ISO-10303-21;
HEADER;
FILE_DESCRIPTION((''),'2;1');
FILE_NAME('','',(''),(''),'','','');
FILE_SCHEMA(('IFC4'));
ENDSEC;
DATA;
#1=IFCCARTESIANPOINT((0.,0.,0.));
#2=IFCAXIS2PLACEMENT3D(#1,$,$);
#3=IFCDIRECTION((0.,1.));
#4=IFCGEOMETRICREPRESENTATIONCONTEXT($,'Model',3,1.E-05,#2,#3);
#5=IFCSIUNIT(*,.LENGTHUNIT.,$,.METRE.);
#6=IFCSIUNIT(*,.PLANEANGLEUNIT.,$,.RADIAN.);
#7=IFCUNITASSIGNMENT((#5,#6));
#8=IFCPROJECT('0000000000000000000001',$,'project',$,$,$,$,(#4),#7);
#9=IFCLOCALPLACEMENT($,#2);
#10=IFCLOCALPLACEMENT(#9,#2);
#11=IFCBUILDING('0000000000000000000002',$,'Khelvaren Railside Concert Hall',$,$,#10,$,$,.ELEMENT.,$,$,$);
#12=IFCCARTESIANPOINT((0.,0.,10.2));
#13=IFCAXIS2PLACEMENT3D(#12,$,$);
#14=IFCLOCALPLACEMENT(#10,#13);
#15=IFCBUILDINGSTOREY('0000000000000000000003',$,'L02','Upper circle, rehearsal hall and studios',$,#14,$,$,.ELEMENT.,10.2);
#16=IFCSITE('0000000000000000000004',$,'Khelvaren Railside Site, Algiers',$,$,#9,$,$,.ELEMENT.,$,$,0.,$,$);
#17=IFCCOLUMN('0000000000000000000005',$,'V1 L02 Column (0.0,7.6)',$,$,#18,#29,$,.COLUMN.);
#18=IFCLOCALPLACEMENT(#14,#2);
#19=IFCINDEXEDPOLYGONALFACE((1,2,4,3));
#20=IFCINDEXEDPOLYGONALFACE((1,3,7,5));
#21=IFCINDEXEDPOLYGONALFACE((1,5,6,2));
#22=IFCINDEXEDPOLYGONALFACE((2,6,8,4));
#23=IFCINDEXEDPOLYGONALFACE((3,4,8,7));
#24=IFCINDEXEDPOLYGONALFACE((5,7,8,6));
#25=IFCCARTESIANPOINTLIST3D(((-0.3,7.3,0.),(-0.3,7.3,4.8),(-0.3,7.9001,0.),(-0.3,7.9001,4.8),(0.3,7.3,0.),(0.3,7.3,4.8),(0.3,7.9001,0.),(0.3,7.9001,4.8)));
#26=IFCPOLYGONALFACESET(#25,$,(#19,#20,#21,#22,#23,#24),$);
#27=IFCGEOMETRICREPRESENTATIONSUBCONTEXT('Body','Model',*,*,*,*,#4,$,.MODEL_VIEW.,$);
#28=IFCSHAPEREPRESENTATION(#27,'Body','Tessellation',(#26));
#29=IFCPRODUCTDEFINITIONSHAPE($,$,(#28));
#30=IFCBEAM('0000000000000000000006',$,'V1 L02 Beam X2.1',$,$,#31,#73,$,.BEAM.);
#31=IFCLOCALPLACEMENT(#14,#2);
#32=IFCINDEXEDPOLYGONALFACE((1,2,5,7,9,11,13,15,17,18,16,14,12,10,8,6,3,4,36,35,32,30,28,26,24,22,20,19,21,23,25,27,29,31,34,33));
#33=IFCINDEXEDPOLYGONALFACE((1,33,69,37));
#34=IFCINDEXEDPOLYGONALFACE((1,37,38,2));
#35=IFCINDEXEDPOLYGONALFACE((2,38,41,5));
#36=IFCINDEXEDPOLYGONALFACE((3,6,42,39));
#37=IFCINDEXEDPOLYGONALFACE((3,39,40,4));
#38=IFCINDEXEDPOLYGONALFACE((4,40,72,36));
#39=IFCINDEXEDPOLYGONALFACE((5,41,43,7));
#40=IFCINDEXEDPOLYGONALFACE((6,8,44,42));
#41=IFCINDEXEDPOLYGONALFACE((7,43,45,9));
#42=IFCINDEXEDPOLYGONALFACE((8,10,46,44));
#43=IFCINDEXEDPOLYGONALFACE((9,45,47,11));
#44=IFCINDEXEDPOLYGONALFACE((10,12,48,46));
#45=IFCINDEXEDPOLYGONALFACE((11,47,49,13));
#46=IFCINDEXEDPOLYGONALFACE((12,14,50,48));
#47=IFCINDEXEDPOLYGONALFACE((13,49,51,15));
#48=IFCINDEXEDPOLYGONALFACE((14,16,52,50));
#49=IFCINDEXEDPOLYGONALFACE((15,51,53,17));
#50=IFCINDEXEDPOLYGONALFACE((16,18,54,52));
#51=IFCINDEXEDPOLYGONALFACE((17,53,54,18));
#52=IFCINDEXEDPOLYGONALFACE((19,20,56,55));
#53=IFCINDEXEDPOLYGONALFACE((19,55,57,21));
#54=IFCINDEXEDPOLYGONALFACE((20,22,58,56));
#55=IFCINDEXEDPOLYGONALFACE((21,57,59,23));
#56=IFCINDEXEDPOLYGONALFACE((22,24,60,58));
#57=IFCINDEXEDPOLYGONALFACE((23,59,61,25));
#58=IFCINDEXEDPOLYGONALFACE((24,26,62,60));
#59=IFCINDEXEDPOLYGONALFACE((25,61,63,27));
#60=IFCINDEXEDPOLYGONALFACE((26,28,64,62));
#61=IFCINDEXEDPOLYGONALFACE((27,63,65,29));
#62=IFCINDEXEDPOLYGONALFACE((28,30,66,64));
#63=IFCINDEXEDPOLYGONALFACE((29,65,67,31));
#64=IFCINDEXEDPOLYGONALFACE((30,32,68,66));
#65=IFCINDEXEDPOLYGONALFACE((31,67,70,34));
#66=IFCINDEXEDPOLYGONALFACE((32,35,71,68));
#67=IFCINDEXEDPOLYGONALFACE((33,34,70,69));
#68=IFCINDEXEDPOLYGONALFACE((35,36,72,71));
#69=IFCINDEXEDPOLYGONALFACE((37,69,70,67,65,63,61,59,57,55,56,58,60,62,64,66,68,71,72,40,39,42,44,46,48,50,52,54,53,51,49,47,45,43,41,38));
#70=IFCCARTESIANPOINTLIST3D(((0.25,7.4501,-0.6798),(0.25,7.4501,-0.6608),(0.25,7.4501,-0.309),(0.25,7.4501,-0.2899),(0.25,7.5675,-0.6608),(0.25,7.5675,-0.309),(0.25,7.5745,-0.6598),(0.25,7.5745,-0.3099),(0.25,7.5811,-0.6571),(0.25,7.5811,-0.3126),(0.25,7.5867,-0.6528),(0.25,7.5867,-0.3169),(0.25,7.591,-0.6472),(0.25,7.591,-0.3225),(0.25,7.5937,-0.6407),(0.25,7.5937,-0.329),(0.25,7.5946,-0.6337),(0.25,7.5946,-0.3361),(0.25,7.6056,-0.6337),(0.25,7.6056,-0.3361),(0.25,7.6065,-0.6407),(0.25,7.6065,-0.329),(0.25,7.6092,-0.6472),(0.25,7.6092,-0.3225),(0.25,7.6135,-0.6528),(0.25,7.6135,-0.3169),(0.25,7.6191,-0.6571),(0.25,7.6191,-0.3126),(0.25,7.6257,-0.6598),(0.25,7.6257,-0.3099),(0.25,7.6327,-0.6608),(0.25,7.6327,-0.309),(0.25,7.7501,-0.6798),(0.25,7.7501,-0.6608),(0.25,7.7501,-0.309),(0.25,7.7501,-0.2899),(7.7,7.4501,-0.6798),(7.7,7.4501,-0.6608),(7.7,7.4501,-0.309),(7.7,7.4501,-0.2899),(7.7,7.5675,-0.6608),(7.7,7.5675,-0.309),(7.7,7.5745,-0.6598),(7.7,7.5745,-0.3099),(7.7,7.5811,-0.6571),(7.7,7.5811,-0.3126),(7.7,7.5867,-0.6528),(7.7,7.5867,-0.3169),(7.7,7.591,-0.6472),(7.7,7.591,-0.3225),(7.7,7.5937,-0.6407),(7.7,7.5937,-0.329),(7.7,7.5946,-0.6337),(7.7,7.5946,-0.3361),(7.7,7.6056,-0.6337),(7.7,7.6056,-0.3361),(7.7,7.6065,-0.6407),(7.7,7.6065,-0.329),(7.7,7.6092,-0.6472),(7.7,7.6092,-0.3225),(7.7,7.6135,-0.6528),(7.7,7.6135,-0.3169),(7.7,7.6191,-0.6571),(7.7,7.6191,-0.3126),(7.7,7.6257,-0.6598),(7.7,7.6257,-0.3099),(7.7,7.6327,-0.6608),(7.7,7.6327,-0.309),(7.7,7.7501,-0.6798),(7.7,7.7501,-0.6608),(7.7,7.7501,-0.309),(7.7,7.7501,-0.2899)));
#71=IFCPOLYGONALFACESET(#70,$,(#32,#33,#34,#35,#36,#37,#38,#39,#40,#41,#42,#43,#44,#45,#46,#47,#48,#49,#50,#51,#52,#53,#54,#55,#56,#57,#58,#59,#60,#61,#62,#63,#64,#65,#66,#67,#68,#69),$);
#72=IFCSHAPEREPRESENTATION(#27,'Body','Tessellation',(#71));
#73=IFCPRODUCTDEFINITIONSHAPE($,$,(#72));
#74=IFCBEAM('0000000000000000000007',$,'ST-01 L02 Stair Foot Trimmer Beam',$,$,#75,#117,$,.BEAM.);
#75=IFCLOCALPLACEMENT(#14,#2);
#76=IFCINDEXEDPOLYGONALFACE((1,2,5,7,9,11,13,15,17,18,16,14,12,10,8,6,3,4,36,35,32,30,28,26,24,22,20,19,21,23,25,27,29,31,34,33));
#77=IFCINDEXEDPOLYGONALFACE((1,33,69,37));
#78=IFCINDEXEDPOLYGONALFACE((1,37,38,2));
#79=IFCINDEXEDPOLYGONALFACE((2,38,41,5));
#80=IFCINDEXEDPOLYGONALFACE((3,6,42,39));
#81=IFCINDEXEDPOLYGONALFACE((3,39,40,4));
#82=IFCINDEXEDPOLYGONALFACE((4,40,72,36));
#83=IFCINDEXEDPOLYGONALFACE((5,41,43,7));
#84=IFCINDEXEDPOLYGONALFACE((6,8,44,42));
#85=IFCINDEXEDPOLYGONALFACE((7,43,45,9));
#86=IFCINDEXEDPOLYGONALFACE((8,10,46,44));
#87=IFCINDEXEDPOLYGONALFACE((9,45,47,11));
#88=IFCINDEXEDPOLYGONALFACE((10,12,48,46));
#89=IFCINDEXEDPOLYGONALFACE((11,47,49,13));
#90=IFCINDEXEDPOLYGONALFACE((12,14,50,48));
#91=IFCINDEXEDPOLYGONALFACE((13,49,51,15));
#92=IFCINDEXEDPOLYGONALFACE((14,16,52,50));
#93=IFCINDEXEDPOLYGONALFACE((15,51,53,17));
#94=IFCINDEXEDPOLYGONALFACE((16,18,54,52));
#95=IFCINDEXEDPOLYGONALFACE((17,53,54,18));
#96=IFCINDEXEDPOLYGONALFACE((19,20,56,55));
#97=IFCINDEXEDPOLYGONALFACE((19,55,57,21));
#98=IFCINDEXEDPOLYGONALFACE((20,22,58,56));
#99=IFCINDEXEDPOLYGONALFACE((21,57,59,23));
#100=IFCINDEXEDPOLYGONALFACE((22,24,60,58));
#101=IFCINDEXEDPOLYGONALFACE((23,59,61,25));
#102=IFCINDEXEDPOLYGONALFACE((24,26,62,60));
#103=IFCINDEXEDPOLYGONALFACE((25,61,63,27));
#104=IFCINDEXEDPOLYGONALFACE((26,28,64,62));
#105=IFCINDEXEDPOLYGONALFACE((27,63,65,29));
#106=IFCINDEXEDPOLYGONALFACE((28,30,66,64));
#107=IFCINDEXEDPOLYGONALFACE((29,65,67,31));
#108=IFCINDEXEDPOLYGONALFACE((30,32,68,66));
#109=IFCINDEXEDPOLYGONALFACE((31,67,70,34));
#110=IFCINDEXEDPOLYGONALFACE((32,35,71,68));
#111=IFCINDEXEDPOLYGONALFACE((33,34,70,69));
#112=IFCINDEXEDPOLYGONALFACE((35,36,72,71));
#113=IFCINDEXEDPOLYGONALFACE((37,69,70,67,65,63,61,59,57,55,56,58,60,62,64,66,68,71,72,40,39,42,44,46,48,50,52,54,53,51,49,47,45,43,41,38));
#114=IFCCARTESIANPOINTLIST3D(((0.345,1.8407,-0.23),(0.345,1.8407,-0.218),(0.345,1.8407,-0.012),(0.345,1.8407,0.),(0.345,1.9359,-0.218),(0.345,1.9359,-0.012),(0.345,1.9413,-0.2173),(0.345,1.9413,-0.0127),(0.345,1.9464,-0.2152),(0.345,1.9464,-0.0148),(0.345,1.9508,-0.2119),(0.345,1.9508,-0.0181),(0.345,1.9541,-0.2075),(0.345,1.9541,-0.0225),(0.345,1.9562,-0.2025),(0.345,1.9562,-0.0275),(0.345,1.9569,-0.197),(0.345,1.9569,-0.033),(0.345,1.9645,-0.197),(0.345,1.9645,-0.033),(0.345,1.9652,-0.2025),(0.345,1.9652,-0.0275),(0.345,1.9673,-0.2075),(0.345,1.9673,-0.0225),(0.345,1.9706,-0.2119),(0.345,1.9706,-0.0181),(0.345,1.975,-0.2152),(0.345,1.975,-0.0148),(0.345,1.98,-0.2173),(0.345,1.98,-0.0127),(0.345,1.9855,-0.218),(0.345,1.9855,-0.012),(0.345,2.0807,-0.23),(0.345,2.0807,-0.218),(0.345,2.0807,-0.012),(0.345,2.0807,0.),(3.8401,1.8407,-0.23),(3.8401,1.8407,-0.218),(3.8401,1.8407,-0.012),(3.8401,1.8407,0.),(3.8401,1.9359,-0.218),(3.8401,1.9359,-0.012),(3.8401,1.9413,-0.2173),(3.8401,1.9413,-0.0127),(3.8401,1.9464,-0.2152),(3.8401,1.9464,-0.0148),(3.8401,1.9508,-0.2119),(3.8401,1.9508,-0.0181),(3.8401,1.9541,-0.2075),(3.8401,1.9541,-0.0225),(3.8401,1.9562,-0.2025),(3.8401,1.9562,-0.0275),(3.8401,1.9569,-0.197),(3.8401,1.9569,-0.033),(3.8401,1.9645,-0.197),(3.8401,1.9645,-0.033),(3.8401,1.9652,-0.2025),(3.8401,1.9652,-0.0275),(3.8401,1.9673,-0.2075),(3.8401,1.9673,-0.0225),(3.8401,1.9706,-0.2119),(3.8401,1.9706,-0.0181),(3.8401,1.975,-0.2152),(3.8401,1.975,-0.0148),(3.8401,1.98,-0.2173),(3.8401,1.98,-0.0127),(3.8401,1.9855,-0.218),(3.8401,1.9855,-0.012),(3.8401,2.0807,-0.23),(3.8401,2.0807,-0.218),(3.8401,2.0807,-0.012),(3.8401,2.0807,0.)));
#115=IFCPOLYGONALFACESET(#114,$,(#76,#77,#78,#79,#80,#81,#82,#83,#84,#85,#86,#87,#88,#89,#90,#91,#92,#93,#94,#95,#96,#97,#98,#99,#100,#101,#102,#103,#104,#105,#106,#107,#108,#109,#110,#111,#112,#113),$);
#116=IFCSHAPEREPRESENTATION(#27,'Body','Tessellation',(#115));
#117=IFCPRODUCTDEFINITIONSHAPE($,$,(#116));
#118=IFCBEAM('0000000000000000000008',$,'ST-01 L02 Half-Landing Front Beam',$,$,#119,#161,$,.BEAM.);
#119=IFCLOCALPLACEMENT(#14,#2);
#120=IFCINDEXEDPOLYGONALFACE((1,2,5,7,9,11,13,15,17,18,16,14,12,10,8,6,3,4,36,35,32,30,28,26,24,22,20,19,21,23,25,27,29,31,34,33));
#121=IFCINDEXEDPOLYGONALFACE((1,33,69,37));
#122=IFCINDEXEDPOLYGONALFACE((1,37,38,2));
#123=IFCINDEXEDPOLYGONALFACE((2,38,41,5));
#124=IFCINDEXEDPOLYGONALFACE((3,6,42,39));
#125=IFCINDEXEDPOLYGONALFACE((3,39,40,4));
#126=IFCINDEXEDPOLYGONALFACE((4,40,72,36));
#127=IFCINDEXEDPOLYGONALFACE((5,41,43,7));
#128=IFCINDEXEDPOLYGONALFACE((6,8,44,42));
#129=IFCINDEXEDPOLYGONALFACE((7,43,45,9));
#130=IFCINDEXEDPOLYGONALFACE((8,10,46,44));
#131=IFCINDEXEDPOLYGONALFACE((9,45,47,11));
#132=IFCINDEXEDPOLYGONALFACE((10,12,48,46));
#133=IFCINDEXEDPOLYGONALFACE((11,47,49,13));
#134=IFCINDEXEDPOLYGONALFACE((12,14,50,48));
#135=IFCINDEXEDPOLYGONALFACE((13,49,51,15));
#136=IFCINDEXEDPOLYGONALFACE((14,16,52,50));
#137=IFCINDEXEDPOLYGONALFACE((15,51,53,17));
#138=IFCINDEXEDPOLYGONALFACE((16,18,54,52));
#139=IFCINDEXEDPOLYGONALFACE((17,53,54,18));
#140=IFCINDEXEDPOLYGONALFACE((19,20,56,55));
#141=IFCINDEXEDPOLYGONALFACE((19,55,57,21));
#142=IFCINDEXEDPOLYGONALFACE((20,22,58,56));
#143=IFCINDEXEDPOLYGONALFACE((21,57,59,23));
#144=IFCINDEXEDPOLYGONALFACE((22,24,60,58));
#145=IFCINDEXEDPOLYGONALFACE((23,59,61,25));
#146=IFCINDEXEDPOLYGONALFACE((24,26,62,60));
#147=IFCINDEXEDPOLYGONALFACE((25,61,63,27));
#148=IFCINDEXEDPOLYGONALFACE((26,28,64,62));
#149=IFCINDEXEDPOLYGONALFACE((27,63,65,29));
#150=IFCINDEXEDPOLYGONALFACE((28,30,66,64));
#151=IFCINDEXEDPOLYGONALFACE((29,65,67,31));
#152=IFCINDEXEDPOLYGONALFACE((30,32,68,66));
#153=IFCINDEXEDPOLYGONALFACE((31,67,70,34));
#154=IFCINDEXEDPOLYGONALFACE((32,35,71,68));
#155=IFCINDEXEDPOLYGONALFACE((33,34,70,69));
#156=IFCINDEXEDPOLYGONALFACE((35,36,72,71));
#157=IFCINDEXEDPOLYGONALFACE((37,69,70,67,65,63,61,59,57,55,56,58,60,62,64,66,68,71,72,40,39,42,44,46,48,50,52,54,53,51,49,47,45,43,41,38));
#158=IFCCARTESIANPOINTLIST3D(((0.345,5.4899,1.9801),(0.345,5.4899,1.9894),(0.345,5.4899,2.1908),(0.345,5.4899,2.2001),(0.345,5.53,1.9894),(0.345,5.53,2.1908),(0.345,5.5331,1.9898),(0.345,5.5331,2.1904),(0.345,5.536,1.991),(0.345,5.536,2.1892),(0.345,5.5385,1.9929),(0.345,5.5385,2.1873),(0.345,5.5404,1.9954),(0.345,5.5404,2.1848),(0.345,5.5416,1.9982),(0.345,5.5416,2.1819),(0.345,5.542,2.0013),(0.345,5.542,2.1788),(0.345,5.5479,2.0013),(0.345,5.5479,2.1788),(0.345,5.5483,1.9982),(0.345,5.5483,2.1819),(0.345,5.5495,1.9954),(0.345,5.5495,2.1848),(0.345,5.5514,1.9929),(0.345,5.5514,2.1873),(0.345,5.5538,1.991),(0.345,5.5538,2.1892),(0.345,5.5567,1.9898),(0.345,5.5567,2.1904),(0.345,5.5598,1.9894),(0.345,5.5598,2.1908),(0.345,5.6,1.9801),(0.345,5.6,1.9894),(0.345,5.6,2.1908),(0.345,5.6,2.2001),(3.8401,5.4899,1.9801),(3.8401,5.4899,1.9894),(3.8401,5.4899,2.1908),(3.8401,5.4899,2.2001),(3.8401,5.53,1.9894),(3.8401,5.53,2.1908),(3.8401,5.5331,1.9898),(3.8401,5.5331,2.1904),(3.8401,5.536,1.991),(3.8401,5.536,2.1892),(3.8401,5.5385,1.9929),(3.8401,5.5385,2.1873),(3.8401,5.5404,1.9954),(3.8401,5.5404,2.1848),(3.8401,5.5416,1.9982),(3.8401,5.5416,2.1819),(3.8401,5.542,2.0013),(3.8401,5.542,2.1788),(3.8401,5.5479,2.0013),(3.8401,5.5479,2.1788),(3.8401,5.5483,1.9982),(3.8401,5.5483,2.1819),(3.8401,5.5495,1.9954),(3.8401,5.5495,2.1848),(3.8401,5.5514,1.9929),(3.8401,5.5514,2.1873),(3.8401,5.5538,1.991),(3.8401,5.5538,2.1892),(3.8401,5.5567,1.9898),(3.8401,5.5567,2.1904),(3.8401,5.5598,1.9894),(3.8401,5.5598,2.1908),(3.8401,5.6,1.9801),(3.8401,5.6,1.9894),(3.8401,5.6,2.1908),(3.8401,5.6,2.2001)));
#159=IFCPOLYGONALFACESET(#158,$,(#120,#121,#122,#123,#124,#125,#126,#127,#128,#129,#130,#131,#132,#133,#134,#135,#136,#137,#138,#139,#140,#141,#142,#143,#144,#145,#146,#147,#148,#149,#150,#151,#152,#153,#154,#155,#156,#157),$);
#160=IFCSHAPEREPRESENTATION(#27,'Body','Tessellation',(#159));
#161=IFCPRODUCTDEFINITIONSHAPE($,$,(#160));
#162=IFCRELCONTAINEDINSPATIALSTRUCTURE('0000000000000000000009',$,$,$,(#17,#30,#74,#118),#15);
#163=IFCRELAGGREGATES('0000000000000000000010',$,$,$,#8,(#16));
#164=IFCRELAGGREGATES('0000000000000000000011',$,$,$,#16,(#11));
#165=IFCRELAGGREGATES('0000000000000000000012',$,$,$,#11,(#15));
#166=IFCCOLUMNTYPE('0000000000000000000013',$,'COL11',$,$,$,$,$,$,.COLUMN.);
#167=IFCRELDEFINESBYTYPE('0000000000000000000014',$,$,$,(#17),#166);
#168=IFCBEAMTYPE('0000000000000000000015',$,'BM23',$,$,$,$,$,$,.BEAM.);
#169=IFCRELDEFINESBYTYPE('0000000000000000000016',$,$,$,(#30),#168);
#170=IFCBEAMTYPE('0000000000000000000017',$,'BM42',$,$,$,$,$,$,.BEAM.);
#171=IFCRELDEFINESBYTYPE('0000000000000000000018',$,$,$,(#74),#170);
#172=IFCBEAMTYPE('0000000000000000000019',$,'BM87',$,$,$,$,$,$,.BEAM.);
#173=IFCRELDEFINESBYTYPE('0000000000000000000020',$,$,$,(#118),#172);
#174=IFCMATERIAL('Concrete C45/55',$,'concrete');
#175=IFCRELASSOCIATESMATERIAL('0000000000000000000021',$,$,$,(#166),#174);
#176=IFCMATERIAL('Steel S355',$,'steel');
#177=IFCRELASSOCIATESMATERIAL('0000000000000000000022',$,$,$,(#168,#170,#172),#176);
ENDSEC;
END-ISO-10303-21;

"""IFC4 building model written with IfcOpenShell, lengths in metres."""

from ifc_helpers import new_model, si_unit, direction, frame, origin, origin_2d, place, context, subcontext, project, spatial, rectangle, i_section, extrude, material, material_profile, profile_set, type_object, element, save


model = new_model("IFC4")

# Units and contexts
model_context = context("Model", 3, precision=1e-05, world=origin(), true_north=direction((0.0, 1.0)))
body_context = subcontext(model_context, "Body", "Model", "MODEL_VIEW")
ifc_project = project(units=[si_unit("LENGTHUNIT", "METRE"), si_unit("PLANEANGLEUNIT", "RADIAN")], contexts=[model_context])

# Site, building, storey
site_placement = place(None, origin())
site = spatial("IfcSite", under=ifc_project, at=site_placement, Name="Khelvaren Railside Site, Algiers", CompositionType="ELEMENT", RefElevation=0.0)
building_placement = place(site_placement, origin())
building = spatial("IfcBuilding", under=site, at=building_placement, Name="Khelvaren Railside Concert Hall", CompositionType="ELEMENT")
storey_placement = place(building_placement, frame((0.0, 0.0, 10.2)))
storey = spatial("IfcBuildingStorey", under=building, at=storey_placement, Name="L02", Description="Upper circle, rehearsal hall and studios", CompositionType="ELEMENT", Elevation=10.2)

# Column
ifc_material_1 = material(Name="Concrete C45/55", Category="concrete")
ifc_material_profile_1 = material_profile(ifc_material_1, rectangle(XDim=0.6001, YDim=0.6001, at=origin_2d()), Name="RC 600x600")
ifc_profile_set_1 = profile_set([ifc_material_profile_1], Name="Concrete C45/55")
column_type = type_object("IfcColumnType", Name="COL11", PredefinedType="COLUMN", material=ifc_profile_set_1)
column_placement = place(storey_placement, frame((0.0, 7.6001, 0.0), z_axis=(0.0, 0.0, 1.0), x_axis=(1.0, 0.0, 0.0)))
element("IfcColumn", 1, at=column_placement, inside=storey, type_object=column_type, Name="V1 L02 Column (0.0,7.6)", PredefinedType="COLUMN", context=body_context, shape_type="SweptSolid", body=[
    extrude(rectangle(XDim=0.6001, YDim=0.6001, at=origin_2d()), origin(), (0.0, 0.0, 1.0), 4.8),
])

# Beams
ifc_material_2 = material(Name="Steel S355", Category="steel")
ifc_material_profile_2 = material_profile(ifc_material_2, i_section(OverallWidth=0.3, OverallDepth=0.3899, WebThickness=0.011, FlangeThickness=0.019, FilletRadius=0.0271, at=origin_2d()), Name="HEA 400")
ifc_profile_set_2 = profile_set([ifc_material_profile_2], Name="Steel S355")
beam_type_1 = type_object("IfcBeamType", Name="BM23", PredefinedType="BEAM", material=ifc_profile_set_2)
beam_1_placement = place(storey_placement, frame((0.25, 7.6001, -0.4849), z_axis=(1.0, 0.0, 0.0), x_axis=(0.0, 1.0, 0.0)))
element("IfcBeam", 2, at=beam_1_placement, inside=storey, type_object=beam_type_1, Name="V1 L02 Beam X2.1", PredefinedType="BEAM", context=body_context, shape_type="SweptSolid", body=[
    extrude(i_section(OverallWidth=0.3, OverallDepth=0.3899, WebThickness=0.011, FlangeThickness=0.019, FilletRadius=0.0271, at=origin_2d()), origin(), (0.0, 0.0, 1.0), 7.45),
])
ifc_material_profile_3 = material_profile(ifc_material_2, i_section(OverallWidth=0.24, OverallDepth=0.23, WebThickness=0.0076, FlangeThickness=0.012, FilletRadius=0.021, at=origin_2d()), Name="HEA 240")
ifc_profile_set_3 = profile_set([ifc_material_profile_3], Name="Steel S355")
beam_type_2 = type_object("IfcBeamType", Name="BM42", PredefinedType="BEAM", material=ifc_profile_set_3)
beam_2_placement = place(storey_placement, frame((0.345, 1.9607, -0.115), z_axis=(1.0, 0.0, 0.0), x_axis=(0.0, 1.0, 0.0)))
element("IfcBeam", 3, at=beam_2_placement, inside=storey, type_object=beam_type_2, Name="ST-01 L02 Stair Foot Trimmer Beam", PredefinedType="BEAM", context=body_context, shape_type="SweptSolid", body=[
    extrude(i_section(OverallWidth=0.24, OverallDepth=0.23, WebThickness=0.0076, FlangeThickness=0.012, FilletRadius=0.021, at=origin_2d()), origin(), (0.0, 0.0, 1.0), 3.4951),
])
ifc_material_profile_4 = material_profile(ifc_material_2, i_section(OverallWidth=0.1101, OverallDepth=0.22, WebThickness=0.0059, FlangeThickness=0.0093, FilletRadius=0.012, at=origin_2d()), Name="IPE 220")
ifc_profile_set_4 = profile_set([ifc_material_profile_4], Name="Steel S355")
beam_type_3 = type_object("IfcBeamType", Name="BM87", PredefinedType="BEAM", material=ifc_profile_set_4)
for number, where, z_axis, x_axis, name in (
    (4, (0.345, 5.5449, 2.0901), (1.0, 0.0, 0.0), (0.0, 1.0, 0.0), "ST-01 L02 Half-Landing Front Beam"),
):
    element("IfcBeam", number, at=place(storey_placement, frame(where, z_axis=z_axis, x_axis=x_axis)), inside=storey, type_object=beam_type_3, Name=name, PredefinedType="BEAM", context=body_context, shape_type="SweptSolid", body=[
        extrude(i_section(OverallWidth=0.1101, OverallDepth=0.22, WebThickness=0.0059, FlangeThickness=0.0093, FilletRadius=0.012, at=origin_2d()), origin(), (0.0, 0.0, 1.0), 3.4951),
    ])

save(model, "model.ifc")
